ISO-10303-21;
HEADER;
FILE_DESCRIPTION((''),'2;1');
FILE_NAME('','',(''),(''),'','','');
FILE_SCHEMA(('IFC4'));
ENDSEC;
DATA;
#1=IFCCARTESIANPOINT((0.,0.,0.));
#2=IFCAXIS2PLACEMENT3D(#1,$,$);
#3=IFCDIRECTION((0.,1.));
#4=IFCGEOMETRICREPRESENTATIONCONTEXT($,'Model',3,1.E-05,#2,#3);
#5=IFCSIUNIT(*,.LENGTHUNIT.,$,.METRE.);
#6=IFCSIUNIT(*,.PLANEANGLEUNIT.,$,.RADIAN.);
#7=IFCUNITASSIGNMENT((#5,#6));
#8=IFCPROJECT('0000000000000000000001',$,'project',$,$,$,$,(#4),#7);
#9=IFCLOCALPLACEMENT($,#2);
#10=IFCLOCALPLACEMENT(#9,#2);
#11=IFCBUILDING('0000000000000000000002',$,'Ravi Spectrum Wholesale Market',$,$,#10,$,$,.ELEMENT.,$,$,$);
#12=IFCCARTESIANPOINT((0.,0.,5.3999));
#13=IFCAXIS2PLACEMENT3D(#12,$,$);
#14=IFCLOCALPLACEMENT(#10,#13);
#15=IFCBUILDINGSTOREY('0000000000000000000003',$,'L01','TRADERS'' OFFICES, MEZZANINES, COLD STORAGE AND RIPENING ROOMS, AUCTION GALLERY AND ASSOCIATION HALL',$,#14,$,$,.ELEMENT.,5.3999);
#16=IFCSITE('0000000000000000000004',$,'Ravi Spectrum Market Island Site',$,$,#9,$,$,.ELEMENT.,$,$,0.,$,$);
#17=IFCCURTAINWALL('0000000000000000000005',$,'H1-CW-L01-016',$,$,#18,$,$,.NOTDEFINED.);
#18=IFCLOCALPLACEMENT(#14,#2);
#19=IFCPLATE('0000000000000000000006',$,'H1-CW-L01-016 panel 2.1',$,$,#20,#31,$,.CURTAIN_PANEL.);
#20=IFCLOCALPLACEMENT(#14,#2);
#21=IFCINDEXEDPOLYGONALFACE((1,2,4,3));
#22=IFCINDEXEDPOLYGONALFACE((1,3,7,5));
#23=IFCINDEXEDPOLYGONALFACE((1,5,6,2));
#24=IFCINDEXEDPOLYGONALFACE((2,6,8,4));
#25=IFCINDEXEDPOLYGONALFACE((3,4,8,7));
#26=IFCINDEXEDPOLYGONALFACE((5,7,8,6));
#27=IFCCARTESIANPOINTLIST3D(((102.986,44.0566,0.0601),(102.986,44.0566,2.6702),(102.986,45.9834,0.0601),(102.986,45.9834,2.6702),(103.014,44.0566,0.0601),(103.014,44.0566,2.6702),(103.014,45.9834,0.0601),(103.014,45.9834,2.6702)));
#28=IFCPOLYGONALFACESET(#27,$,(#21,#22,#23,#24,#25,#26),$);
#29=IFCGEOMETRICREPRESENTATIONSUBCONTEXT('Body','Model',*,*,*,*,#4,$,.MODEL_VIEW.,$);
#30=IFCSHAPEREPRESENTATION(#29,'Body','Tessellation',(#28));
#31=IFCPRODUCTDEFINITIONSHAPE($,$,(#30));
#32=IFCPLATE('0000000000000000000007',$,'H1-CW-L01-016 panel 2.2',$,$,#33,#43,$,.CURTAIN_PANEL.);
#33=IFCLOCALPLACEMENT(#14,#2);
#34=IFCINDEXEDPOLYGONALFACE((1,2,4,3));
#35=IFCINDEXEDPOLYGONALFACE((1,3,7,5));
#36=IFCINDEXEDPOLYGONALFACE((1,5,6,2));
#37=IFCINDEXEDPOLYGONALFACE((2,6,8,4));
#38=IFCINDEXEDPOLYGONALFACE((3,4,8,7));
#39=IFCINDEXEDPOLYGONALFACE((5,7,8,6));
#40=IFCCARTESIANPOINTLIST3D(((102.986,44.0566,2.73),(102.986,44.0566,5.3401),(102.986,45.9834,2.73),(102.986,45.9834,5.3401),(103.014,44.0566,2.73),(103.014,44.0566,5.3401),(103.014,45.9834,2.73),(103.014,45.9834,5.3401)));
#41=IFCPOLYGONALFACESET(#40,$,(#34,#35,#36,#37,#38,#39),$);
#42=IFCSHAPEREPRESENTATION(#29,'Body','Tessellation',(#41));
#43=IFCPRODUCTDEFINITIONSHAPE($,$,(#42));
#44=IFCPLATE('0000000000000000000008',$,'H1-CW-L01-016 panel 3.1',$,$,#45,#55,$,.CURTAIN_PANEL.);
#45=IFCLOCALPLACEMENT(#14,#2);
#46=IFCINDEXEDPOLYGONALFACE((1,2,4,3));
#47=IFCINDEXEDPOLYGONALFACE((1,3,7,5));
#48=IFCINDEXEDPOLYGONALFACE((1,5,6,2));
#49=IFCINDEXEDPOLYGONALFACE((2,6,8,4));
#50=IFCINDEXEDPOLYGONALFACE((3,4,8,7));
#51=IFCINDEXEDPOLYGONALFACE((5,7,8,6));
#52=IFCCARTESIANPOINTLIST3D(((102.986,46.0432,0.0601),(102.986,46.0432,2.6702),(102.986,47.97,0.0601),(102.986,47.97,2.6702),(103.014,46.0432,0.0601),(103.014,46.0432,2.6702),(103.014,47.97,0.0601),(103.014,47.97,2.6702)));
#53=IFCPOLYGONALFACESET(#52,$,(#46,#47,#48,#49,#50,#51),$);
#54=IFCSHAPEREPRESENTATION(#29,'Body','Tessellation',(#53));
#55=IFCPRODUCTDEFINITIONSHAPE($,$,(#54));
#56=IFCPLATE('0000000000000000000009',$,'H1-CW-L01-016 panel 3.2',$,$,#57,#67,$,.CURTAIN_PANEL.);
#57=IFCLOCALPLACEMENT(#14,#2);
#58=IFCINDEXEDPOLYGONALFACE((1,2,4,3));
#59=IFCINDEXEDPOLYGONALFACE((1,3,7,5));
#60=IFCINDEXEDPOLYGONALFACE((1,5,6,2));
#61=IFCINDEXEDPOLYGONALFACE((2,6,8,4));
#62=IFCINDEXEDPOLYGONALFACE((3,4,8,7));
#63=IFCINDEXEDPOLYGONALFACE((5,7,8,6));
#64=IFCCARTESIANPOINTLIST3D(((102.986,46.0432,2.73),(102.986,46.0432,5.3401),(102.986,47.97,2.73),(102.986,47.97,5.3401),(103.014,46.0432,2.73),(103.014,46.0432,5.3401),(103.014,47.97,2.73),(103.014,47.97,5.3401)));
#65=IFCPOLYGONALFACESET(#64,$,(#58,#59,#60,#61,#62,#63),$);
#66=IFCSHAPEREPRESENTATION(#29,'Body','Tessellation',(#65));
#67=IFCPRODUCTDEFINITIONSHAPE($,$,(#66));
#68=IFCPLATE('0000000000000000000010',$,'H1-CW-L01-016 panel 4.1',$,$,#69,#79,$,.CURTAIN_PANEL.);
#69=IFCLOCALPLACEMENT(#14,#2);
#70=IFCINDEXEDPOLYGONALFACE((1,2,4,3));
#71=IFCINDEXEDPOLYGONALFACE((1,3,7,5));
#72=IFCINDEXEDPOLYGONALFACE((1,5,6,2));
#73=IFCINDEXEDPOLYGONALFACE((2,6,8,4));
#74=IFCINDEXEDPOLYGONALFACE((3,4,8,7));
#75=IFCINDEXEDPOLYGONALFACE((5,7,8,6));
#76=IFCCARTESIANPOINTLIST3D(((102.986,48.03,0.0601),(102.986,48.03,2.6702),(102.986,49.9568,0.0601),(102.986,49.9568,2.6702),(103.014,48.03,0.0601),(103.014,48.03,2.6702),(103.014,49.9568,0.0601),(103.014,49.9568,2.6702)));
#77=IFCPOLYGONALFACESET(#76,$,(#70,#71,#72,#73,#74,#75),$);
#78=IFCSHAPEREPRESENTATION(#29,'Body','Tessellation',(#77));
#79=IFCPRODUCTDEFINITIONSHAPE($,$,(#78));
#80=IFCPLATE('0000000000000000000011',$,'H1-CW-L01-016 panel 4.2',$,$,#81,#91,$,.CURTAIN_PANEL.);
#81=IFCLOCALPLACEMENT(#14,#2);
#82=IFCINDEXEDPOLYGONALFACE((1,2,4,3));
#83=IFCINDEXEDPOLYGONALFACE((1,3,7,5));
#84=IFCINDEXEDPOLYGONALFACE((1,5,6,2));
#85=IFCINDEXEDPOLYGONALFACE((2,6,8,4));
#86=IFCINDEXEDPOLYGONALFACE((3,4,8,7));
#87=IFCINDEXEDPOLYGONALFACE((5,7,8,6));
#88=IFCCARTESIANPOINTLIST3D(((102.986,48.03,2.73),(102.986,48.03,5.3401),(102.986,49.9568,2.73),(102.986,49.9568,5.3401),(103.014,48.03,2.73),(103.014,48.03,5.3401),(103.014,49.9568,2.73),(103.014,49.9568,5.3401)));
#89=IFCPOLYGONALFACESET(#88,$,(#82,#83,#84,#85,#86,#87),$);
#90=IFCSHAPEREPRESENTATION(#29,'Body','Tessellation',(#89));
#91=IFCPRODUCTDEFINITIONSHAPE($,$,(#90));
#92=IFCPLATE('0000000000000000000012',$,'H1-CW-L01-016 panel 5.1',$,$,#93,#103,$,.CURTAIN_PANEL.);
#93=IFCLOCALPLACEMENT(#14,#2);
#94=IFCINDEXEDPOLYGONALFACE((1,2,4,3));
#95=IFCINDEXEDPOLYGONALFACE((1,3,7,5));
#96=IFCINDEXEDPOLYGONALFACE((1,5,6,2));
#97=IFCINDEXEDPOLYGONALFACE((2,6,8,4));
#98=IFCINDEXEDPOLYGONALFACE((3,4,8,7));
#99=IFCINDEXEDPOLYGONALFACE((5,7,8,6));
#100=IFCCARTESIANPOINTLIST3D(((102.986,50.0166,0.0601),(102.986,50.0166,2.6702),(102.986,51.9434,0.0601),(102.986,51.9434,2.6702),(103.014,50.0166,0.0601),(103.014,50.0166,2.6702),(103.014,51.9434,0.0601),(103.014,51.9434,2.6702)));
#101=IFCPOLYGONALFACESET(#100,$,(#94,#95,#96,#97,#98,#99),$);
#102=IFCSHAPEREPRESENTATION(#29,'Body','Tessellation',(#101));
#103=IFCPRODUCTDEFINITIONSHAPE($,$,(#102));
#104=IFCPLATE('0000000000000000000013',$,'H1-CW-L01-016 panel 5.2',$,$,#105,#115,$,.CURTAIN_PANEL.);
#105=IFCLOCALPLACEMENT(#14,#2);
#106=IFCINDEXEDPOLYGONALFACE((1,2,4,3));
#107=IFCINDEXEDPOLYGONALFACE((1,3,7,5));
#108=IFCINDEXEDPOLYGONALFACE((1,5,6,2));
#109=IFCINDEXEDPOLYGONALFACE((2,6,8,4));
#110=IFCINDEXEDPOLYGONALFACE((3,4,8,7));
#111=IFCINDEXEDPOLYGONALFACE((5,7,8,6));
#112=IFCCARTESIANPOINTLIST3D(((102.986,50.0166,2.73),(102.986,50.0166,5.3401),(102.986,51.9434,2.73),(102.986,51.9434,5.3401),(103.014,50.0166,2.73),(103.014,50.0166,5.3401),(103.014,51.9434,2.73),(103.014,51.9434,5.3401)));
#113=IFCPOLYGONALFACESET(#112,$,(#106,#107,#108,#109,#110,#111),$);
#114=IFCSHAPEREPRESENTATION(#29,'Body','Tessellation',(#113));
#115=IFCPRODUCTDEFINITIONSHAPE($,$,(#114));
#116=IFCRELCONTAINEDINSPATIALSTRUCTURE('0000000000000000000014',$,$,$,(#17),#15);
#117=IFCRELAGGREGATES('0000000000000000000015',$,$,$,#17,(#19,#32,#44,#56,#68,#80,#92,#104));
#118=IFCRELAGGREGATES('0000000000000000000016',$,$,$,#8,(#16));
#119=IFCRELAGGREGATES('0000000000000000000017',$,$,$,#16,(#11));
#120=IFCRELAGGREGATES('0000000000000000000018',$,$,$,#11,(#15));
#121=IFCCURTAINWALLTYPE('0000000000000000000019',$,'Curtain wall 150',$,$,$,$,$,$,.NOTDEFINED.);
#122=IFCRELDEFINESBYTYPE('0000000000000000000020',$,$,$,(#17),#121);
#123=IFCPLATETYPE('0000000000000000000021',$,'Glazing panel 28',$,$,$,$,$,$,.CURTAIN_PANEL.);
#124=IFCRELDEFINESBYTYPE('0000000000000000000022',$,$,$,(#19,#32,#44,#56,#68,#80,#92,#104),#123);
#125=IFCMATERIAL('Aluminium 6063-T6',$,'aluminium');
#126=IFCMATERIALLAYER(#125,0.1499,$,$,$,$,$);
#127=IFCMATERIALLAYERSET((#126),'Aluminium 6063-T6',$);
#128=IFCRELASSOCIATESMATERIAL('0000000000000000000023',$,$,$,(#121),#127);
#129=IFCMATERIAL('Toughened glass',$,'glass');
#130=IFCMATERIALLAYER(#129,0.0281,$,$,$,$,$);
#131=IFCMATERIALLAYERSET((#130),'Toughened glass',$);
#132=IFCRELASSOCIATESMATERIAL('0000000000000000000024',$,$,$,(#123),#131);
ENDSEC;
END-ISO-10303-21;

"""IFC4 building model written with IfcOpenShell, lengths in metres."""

from ifc_helpers import new_model, si_unit, direction, frame, origin, origin_2d, place, context, subcontext, project, spatial, rectangle, extrude, material, layer, layer_set, type_object, element, aggregate, save


model = new_model("IFC4")

# Units and contexts
model_context = context("Model", 3, precision=1e-05, world=origin(), true_north=direction((0.0, 1.0)))
body_context = subcontext(model_context, "Body", "Model", "MODEL_VIEW")
ifc_project = project(units=[si_unit("LENGTHUNIT", "METRE"), si_unit("PLANEANGLEUNIT", "RADIAN")], contexts=[model_context])

# Site, building, storey
site_placement = place(None, origin())
site = spatial("IfcSite", under=ifc_project, at=site_placement, Name="Ravi Spectrum Market Island Site", CompositionType="ELEMENT", RefElevation=0.0)
building_placement = place(site_placement, origin())
building = spatial("IfcBuilding", under=site, at=building_placement, Name="Ravi Spectrum Wholesale Market", CompositionType="ELEMENT")
storey_placement = place(building_placement, frame((0.0, 0.0, 5.3999)))
storey = spatial("IfcBuildingStorey", under=building, at=storey_placement, Name="L01", Description="TRADERS' OFFICES, MEZZANINES, COLD STORAGE AND RIPENING ROOMS, AUCTION GALLERY AND ASSOCIATION HALL", CompositionType="ELEMENT", Elevation=5.3999)

# Curtain wall, plates
ifc_material_1 = material(Name="Aluminium 6063-T6", Category="aluminium")
ifc_layer_1 = layer(ifc_material_1, 0.1499)
ifc_layer_set_1 = layer_set([ifc_layer_1], Name="Aluminium 6063-T6")
curtain_wall_type = type_object("IfcCurtainWallType", Name="Curtain wall 150", PredefinedType="NOTDEFINED", material=ifc_layer_set_1)
curtain_wall_placement = place(storey_placement, origin())
curtain_wall = element("IfcCurtainWall", 1, at=curtain_wall_placement, inside=storey, type_object=curtain_wall_type, Name="H1-CW-L01-016", PredefinedType="NOTDEFINED")
ifc_material_2 = material(Name="Toughened glass", Category="glass")
ifc_layer_2 = layer(ifc_material_2, 0.0281)
ifc_layer_set_2 = layer_set([ifc_layer_2], Name="Toughened glass")
plate_type = type_object("IfcPlateType", Name="Glazing panel 28", PredefinedType="CURTAIN_PANEL", material=ifc_layer_set_2)
plate_1_placement = place(storey_placement, frame((103.0, 45.02, 0.0601), z_axis=(0.0, 0.0, 1.0), x_axis=(0.0, 1.0, 0.0)))
plate_1 = element("IfcPlate", 2, at=plate_1_placement, type_object=plate_type, Name="H1-CW-L01-016 panel 2.1", PredefinedType="CURTAIN_PANEL", context=body_context, shape_type="SweptSolid", body=[
    extrude(rectangle(XDim=1.9268, YDim=0.0281, at=origin_2d()), origin(), (0.0, 0.0, 1.0), 2.6101),
])
plate_2_placement = place(storey_placement, frame((103.0, 45.02, 2.73), z_axis=(0.0, 0.0, 1.0), x_axis=(0.0, 1.0, 0.0)))
plate_2 = element("IfcPlate", 3, at=plate_2_placement, type_object=plate_type, Name="H1-CW-L01-016 panel 2.2", PredefinedType="CURTAIN_PANEL", context=body_context, shape_type="SweptSolid", body=[
    extrude(rectangle(XDim=1.9268, YDim=0.0281, at=origin_2d()), origin(), (0.0, 0.0, 1.0), 2.6101),
])
plate_3_placement = place(storey_placement, frame((103.0, 47.0066, 0.0601), z_axis=(0.0, 0.0, 1.0), x_axis=(0.0, 1.0, 0.0)))
plate_3 = element("IfcPlate", 4, at=plate_3_placement, type_object=plate_type, Name="H1-CW-L01-016 panel 3.1", PredefinedType="CURTAIN_PANEL", context=body_context, shape_type="SweptSolid", body=[
    extrude(rectangle(XDim=1.9268, YDim=0.0281, at=origin_2d()), origin(), (0.0, 0.0, 1.0), 2.6101),
])
plate_4_placement = place(storey_placement, frame((103.0, 47.0066, 2.73), z_axis=(0.0, 0.0, 1.0), x_axis=(0.0, 1.0, 0.0)))
plate_4 = element("IfcPlate", 5, at=plate_4_placement, type_object=plate_type, Name="H1-CW-L01-016 panel 3.2", PredefinedType="CURTAIN_PANEL", context=body_context, shape_type="SweptSolid", body=[
    extrude(rectangle(XDim=1.9268, YDim=0.0281, at=origin_2d()), origin(), (0.0, 0.0, 1.0), 2.6101),
])
plate_5_placement = place(storey_placement, frame((103.0, 48.9934, 0.0601), z_axis=(0.0, 0.0, 1.0), x_axis=(0.0, 1.0, 0.0)))
plate_5 = element("IfcPlate", 6, at=plate_5_placement, type_object=plate_type, Name="H1-CW-L01-016 panel 4.1", PredefinedType="CURTAIN_PANEL", context=body_context, shape_type="SweptSolid", body=[
    extrude(rectangle(XDim=1.9268, YDim=0.0281, at=origin_2d()), origin(), (0.0, 0.0, 1.0), 2.6101),
])
plate_6_placement = place(storey_placement, frame((103.0, 48.9934, 2.73), z_axis=(0.0, 0.0, 1.0), x_axis=(0.0, 1.0, 0.0)))
plate_6 = element("IfcPlate", 7, at=plate_6_placement, type_object=plate_type, Name="H1-CW-L01-016 panel 4.2", PredefinedType="CURTAIN_PANEL", context=body_context, shape_type="SweptSolid", body=[
    extrude(rectangle(XDim=1.9268, YDim=0.0281, at=origin_2d()), origin(), (0.0, 0.0, 1.0), 2.6101),
])
plate_7_placement = place(storey_placement, frame((103.0, 50.98, 0.0601), z_axis=(0.0, 0.0, 1.0), x_axis=(0.0, 1.0, 0.0)))
plate_7 = element("IfcPlate", 8, at=plate_7_placement, type_object=plate_type, Name="H1-CW-L01-016 panel 5.1", PredefinedType="CURTAIN_PANEL", context=body_context, shape_type="SweptSolid", body=[
    extrude(rectangle(XDim=1.9268, YDim=0.0281, at=origin_2d()), origin(), (0.0, 0.0, 1.0), 2.6101),
])
plate_8_placement = place(storey_placement, frame((103.0, 50.98, 2.73), z_axis=(0.0, 0.0, 1.0), x_axis=(0.0, 1.0, 0.0)))
plate_8 = element("IfcPlate", 9, at=plate_8_placement, type_object=plate_type, Name="H1-CW-L01-016 panel 5.2", PredefinedType="CURTAIN_PANEL", context=body_context, shape_type="SweptSolid", body=[
    extrude(rectangle(XDim=1.9268, YDim=0.0281, at=origin_2d()), origin(), (0.0, 0.0, 1.0), 2.6101),
])
aggregate(curtain_wall, [plate_1, plate_2, plate_3, plate_4, plate_5, plate_6, plate_7, plate_8])

save(model, "model.ifc")
